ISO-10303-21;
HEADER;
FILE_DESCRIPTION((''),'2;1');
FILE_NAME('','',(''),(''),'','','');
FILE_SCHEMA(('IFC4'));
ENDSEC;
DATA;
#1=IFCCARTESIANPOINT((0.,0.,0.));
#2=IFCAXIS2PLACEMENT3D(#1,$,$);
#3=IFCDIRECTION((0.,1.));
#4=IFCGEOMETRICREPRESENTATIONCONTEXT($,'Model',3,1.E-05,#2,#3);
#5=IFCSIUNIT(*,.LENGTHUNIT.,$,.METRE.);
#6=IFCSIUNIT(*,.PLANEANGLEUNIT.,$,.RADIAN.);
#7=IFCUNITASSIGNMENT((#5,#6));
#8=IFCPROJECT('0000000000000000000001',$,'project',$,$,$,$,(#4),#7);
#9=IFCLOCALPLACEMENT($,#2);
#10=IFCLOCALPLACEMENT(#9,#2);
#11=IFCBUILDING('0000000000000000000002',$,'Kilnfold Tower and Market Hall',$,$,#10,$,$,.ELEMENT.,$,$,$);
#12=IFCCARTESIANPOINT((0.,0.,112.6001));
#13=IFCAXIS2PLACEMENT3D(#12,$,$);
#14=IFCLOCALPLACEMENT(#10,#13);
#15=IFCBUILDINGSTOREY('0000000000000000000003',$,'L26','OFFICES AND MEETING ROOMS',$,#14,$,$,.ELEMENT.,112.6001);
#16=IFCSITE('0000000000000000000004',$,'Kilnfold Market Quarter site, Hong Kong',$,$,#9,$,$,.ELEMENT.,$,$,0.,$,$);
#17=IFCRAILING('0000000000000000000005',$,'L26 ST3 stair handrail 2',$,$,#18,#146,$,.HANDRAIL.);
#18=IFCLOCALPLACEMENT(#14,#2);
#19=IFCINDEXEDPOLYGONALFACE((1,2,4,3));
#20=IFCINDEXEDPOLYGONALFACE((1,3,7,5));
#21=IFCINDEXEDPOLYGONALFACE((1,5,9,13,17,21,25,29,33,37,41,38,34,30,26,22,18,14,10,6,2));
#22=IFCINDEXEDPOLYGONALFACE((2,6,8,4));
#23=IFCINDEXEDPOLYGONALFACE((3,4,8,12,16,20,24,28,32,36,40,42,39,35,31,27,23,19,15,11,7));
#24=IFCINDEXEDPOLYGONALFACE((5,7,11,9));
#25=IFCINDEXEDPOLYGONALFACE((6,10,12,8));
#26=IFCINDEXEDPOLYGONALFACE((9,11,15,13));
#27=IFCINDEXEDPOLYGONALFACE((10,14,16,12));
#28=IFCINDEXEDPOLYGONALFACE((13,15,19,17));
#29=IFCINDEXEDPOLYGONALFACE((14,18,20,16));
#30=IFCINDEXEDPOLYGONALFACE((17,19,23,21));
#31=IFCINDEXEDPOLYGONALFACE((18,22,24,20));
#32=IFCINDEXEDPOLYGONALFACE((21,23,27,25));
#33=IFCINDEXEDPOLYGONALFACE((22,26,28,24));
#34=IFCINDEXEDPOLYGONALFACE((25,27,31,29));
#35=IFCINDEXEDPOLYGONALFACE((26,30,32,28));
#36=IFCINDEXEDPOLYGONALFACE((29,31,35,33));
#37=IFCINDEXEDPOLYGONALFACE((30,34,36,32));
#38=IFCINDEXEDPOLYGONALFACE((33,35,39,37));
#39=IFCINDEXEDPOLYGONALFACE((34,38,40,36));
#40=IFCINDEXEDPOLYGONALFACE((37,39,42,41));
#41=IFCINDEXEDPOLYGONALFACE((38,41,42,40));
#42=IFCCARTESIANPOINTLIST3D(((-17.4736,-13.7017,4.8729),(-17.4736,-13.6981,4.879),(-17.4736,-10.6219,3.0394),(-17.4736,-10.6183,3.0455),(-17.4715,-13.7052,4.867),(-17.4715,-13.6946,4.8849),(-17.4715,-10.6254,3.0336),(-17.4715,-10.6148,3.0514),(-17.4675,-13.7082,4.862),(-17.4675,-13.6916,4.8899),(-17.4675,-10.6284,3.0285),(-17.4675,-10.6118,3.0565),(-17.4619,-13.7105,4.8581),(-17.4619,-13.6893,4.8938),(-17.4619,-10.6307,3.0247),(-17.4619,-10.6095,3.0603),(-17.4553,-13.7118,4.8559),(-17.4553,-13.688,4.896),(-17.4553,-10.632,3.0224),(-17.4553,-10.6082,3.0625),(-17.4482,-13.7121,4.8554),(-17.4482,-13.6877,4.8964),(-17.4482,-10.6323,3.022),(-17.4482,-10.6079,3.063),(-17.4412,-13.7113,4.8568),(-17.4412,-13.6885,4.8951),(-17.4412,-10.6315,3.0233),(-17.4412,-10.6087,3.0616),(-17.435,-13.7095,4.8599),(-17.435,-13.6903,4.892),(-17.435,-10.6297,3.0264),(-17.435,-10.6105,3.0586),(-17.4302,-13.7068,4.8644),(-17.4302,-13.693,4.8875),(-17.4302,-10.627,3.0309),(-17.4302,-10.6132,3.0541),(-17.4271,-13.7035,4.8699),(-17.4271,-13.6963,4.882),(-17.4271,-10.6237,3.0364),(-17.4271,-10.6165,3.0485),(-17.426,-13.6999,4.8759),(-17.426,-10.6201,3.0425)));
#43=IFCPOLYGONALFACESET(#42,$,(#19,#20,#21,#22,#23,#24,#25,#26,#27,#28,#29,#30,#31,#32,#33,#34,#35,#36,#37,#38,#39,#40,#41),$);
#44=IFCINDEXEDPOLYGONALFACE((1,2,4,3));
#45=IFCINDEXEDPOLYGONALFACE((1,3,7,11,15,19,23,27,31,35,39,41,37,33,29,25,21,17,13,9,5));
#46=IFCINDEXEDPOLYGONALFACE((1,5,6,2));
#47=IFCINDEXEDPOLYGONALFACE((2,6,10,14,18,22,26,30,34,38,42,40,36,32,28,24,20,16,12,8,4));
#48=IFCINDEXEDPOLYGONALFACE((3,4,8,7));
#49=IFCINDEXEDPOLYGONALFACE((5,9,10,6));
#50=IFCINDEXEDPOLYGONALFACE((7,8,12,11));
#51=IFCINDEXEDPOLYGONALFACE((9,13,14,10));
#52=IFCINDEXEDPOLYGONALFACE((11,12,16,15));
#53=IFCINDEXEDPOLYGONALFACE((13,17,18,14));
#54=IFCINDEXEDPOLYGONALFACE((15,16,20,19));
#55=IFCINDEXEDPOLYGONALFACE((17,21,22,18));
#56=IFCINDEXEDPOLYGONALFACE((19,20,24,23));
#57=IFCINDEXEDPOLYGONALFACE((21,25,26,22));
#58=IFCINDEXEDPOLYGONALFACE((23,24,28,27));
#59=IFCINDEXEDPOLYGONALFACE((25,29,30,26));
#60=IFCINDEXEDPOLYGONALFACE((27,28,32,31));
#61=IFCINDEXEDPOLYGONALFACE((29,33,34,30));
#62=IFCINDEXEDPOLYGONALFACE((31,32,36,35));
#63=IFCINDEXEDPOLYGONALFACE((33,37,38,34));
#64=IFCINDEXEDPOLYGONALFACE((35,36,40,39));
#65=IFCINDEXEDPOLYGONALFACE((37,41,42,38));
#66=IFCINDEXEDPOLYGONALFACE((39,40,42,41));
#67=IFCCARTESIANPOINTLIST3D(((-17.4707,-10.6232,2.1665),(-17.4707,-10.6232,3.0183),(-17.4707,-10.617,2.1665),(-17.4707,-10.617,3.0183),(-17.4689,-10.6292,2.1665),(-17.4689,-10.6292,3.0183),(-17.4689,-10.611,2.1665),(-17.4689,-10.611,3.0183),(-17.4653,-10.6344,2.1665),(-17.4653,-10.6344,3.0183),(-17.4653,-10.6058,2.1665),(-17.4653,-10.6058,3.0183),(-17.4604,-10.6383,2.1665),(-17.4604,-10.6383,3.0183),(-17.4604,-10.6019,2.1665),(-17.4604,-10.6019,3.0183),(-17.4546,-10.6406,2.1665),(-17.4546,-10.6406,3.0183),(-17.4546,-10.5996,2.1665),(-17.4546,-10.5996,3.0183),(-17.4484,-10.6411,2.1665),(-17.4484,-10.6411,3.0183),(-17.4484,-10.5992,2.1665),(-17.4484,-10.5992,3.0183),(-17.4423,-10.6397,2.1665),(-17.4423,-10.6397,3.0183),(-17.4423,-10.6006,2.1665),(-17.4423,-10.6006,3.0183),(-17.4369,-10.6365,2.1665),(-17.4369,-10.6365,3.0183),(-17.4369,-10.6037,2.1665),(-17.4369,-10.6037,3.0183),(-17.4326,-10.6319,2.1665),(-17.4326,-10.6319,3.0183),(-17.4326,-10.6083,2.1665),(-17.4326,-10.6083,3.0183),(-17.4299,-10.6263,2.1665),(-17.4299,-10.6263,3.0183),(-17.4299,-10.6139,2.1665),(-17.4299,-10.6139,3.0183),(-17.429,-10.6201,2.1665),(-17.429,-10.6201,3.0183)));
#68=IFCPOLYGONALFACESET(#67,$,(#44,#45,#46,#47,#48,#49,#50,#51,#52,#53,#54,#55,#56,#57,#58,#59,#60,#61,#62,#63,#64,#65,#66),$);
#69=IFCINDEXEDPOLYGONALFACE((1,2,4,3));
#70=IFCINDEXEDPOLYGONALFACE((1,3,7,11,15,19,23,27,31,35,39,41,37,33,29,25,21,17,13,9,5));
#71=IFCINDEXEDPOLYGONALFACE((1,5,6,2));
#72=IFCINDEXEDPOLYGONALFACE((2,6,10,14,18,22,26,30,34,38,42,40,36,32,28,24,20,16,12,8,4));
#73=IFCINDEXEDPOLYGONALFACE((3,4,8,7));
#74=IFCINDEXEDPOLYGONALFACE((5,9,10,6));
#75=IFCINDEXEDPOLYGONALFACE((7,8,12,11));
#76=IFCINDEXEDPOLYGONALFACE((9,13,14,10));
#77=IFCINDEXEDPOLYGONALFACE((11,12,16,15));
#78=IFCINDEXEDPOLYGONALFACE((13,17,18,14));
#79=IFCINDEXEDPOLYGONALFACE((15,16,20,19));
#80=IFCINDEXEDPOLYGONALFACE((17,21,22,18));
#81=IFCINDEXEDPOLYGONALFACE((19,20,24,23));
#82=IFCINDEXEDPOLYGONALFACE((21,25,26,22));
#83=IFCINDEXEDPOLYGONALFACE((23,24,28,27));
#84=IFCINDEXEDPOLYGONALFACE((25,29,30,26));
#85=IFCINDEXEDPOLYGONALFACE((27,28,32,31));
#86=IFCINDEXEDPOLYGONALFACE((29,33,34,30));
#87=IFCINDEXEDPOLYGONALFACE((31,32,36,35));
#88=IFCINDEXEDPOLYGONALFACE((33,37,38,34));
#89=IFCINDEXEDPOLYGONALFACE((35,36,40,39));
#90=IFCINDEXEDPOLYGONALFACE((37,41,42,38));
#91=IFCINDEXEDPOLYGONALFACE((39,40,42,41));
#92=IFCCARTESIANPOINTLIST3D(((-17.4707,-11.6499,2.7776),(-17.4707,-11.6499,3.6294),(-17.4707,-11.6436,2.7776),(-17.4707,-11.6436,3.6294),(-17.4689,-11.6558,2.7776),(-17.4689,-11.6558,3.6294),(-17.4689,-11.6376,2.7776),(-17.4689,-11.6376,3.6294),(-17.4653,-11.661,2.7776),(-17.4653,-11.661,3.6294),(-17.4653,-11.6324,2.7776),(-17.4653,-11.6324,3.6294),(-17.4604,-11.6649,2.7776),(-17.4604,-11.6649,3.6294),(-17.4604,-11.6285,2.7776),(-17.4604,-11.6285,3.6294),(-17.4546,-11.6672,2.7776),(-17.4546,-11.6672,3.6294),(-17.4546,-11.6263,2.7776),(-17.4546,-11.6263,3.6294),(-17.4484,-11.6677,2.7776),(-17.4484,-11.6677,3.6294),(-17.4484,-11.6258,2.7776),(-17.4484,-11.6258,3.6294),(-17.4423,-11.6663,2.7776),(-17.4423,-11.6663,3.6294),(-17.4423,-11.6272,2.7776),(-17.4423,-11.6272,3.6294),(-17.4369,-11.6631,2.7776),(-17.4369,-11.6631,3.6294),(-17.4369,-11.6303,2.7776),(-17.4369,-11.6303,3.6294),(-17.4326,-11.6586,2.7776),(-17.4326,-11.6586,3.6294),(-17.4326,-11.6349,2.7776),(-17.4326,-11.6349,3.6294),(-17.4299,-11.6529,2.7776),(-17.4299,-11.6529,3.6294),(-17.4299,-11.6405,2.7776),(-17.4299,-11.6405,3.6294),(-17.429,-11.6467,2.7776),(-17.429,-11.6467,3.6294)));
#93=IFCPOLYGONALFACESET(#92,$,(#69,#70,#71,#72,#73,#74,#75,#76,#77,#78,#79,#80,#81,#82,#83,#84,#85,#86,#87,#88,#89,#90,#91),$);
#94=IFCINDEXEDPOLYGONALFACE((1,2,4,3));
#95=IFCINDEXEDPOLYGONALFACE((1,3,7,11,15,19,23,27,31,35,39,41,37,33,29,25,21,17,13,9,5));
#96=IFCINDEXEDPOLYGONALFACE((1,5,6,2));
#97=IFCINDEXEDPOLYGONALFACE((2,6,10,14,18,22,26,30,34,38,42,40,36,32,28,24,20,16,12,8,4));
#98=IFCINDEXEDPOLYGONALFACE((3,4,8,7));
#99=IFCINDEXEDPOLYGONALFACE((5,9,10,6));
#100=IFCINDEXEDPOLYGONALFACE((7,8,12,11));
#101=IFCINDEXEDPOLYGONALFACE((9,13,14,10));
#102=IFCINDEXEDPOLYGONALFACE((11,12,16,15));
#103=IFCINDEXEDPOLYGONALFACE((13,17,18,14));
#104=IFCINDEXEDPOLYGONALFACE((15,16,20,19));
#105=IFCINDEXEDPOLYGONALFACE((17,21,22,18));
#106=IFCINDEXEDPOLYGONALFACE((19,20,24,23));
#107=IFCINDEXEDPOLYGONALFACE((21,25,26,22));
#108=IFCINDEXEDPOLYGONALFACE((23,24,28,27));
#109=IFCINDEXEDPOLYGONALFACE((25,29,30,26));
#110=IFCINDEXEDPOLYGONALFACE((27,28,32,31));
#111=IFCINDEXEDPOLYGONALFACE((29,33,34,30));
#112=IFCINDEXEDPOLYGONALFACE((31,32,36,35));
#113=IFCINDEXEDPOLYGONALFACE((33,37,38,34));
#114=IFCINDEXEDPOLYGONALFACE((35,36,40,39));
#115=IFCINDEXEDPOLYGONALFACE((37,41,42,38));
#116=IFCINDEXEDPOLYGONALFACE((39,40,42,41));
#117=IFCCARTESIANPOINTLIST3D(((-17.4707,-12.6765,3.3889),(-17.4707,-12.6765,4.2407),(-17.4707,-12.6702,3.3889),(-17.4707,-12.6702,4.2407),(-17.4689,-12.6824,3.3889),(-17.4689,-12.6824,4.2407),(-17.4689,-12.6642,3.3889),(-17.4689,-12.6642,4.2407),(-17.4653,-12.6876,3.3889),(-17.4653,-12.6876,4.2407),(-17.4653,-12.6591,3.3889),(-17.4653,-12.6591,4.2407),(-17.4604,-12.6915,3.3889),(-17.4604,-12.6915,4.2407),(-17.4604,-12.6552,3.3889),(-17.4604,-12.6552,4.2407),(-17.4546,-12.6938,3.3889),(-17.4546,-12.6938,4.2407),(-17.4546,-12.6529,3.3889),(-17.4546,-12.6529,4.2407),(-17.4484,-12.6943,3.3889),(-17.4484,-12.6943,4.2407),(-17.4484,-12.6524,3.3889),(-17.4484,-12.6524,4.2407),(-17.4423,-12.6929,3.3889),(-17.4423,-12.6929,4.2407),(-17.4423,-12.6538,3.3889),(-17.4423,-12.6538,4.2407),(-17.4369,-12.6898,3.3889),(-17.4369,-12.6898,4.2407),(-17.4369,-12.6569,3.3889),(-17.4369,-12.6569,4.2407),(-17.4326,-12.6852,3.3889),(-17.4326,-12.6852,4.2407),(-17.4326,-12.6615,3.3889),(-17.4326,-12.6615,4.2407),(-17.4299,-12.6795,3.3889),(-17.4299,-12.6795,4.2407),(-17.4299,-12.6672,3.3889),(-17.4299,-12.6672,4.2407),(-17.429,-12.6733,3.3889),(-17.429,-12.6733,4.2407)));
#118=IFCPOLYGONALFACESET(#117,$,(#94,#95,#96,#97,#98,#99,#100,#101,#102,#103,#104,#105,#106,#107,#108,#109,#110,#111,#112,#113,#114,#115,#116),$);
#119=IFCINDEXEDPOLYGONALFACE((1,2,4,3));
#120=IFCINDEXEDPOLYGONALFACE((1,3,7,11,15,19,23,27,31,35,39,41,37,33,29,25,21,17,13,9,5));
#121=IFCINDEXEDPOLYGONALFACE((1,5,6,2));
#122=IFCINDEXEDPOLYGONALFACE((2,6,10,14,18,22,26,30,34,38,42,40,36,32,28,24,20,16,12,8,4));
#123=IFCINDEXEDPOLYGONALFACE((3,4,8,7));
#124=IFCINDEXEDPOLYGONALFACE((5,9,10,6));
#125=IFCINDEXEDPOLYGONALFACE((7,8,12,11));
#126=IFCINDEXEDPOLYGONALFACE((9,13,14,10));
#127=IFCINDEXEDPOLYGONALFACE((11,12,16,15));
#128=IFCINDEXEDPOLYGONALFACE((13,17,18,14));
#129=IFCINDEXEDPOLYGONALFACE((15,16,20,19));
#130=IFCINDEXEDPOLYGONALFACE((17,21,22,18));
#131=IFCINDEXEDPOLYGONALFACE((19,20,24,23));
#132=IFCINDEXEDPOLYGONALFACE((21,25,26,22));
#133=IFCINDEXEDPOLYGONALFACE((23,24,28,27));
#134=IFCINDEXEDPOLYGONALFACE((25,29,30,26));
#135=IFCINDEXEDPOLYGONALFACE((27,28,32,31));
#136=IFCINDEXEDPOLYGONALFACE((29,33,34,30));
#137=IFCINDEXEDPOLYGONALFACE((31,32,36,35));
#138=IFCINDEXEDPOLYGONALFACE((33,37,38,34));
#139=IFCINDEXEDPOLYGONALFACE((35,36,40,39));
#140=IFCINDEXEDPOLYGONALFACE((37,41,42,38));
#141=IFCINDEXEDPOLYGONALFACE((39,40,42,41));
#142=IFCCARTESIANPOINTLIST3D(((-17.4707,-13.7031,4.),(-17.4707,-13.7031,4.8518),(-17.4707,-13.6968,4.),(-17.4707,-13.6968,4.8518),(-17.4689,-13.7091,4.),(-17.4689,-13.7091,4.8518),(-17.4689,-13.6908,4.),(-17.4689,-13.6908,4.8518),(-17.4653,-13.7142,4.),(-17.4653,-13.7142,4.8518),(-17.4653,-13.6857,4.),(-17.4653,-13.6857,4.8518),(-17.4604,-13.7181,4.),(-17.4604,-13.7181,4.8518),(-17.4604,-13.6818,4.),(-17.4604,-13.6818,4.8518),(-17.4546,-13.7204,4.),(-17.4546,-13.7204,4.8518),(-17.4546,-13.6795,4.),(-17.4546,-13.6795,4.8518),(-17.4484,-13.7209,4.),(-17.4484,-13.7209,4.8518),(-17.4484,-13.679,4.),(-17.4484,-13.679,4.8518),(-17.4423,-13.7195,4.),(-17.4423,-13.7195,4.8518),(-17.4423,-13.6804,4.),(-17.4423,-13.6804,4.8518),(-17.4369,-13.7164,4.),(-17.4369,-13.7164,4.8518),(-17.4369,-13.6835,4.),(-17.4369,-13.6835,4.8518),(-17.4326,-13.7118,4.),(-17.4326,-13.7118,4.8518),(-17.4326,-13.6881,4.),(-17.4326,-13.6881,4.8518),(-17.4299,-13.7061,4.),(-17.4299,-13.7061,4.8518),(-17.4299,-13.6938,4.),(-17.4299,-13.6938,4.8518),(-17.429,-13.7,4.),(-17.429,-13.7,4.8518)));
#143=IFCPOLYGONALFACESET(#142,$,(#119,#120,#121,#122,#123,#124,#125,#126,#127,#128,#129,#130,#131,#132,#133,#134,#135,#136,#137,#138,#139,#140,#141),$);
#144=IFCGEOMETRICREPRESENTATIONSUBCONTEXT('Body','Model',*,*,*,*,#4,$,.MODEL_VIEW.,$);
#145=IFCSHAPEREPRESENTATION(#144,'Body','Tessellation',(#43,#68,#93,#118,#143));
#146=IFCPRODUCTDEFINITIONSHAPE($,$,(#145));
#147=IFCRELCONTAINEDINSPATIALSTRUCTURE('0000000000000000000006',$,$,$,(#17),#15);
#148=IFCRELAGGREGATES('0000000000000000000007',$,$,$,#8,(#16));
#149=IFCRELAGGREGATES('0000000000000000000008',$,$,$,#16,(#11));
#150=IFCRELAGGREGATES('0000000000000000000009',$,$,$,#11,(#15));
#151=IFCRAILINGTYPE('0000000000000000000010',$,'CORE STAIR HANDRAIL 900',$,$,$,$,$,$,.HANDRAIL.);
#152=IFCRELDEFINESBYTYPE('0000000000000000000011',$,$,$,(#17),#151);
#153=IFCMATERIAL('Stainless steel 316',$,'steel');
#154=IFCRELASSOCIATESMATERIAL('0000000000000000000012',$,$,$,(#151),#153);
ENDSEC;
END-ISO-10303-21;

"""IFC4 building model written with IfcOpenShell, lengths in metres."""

from ifc_helpers import new_model, si_unit, direction, frame, origin, origin_2d, place, context, subcontext, project, spatial, circle, extrude, material, type_object, element, save


model = new_model("IFC4")

# Units and contexts
model_context = context("Model", 3, precision=1e-05, world=origin(), true_north=direction((0.0, 1.0)))
body_context = subcontext(model_context, "Body", "Model", "MODEL_VIEW")
ifc_project = project(units=[si_unit("LENGTHUNIT", "METRE"), si_unit("PLANEANGLEUNIT", "RADIAN")], contexts=[model_context])

# Site, building, storey
site_placement = place(None, origin())
site = spatial("IfcSite", under=ifc_project, at=site_placement, Name="Kilnfold Market Quarter site, Hong Kong", CompositionType="ELEMENT", RefElevation=0.0)
building_placement = place(site_placement, origin())
building = spatial("IfcBuilding", under=site, at=building_placement, Name="Kilnfold Tower and Market Hall", CompositionType="ELEMENT")
storey_placement = place(building_placement, frame((0.0, 0.0, 112.6001)))
storey = spatial("IfcBuildingStorey", under=building, at=storey_placement, Name="L26", Description="OFFICES AND MEETING ROOMS", CompositionType="ELEMENT", Elevation=112.6001)

# Railing
ifc_material_1 = material(Name="Stainless steel 316", Category="steel")
railing_type = type_object("IfcRailingType", Name="CORE STAIR HANDRAIL 900", PredefinedType="HANDRAIL", material=ifc_material_1)
railing_1_placement = place(storey_placement, frame((-17.45, -10.6201, 2.1665)))
element("IfcRailing", 1, at=railing_1_placement, inside=storey, type_object=railing_type, Name="L26 ST3 stair handrail 2", PredefinedType="HANDRAIL", context=body_context, shape_type="SweptSolid", body=[
    extrude(circle(Radius=0.0239, at=origin_2d()), frame((0.0, 0.0, 0.876), z_axis=(0.0, -0.859261, 0.511538), x_axis=(1.0, 0.0, 0.0)), (0.0, 0.0, 1.0), 3.5842),
    extrude(circle(Radius=0.021, at=origin_2d()), origin(), (0.0, 0.0, 1.0), 0.8518),
    extrude(circle(Radius=0.021, at=origin_2d()), frame((0.0, -1.0266, 0.6111)), (0.0, 0.0, 1.0), 0.8518),
    extrude(circle(Radius=0.021, at=origin_2d()), frame((0.0, -2.0532, 1.2224)), (0.0, 0.0, 1.0), 0.8518),
    extrude(circle(Radius=0.021, at=origin_2d()), frame((0.0, -3.0798, 1.8335)), (0.0, 0.0, 1.0), 0.8518),
])

save(model, "model.ifc")
